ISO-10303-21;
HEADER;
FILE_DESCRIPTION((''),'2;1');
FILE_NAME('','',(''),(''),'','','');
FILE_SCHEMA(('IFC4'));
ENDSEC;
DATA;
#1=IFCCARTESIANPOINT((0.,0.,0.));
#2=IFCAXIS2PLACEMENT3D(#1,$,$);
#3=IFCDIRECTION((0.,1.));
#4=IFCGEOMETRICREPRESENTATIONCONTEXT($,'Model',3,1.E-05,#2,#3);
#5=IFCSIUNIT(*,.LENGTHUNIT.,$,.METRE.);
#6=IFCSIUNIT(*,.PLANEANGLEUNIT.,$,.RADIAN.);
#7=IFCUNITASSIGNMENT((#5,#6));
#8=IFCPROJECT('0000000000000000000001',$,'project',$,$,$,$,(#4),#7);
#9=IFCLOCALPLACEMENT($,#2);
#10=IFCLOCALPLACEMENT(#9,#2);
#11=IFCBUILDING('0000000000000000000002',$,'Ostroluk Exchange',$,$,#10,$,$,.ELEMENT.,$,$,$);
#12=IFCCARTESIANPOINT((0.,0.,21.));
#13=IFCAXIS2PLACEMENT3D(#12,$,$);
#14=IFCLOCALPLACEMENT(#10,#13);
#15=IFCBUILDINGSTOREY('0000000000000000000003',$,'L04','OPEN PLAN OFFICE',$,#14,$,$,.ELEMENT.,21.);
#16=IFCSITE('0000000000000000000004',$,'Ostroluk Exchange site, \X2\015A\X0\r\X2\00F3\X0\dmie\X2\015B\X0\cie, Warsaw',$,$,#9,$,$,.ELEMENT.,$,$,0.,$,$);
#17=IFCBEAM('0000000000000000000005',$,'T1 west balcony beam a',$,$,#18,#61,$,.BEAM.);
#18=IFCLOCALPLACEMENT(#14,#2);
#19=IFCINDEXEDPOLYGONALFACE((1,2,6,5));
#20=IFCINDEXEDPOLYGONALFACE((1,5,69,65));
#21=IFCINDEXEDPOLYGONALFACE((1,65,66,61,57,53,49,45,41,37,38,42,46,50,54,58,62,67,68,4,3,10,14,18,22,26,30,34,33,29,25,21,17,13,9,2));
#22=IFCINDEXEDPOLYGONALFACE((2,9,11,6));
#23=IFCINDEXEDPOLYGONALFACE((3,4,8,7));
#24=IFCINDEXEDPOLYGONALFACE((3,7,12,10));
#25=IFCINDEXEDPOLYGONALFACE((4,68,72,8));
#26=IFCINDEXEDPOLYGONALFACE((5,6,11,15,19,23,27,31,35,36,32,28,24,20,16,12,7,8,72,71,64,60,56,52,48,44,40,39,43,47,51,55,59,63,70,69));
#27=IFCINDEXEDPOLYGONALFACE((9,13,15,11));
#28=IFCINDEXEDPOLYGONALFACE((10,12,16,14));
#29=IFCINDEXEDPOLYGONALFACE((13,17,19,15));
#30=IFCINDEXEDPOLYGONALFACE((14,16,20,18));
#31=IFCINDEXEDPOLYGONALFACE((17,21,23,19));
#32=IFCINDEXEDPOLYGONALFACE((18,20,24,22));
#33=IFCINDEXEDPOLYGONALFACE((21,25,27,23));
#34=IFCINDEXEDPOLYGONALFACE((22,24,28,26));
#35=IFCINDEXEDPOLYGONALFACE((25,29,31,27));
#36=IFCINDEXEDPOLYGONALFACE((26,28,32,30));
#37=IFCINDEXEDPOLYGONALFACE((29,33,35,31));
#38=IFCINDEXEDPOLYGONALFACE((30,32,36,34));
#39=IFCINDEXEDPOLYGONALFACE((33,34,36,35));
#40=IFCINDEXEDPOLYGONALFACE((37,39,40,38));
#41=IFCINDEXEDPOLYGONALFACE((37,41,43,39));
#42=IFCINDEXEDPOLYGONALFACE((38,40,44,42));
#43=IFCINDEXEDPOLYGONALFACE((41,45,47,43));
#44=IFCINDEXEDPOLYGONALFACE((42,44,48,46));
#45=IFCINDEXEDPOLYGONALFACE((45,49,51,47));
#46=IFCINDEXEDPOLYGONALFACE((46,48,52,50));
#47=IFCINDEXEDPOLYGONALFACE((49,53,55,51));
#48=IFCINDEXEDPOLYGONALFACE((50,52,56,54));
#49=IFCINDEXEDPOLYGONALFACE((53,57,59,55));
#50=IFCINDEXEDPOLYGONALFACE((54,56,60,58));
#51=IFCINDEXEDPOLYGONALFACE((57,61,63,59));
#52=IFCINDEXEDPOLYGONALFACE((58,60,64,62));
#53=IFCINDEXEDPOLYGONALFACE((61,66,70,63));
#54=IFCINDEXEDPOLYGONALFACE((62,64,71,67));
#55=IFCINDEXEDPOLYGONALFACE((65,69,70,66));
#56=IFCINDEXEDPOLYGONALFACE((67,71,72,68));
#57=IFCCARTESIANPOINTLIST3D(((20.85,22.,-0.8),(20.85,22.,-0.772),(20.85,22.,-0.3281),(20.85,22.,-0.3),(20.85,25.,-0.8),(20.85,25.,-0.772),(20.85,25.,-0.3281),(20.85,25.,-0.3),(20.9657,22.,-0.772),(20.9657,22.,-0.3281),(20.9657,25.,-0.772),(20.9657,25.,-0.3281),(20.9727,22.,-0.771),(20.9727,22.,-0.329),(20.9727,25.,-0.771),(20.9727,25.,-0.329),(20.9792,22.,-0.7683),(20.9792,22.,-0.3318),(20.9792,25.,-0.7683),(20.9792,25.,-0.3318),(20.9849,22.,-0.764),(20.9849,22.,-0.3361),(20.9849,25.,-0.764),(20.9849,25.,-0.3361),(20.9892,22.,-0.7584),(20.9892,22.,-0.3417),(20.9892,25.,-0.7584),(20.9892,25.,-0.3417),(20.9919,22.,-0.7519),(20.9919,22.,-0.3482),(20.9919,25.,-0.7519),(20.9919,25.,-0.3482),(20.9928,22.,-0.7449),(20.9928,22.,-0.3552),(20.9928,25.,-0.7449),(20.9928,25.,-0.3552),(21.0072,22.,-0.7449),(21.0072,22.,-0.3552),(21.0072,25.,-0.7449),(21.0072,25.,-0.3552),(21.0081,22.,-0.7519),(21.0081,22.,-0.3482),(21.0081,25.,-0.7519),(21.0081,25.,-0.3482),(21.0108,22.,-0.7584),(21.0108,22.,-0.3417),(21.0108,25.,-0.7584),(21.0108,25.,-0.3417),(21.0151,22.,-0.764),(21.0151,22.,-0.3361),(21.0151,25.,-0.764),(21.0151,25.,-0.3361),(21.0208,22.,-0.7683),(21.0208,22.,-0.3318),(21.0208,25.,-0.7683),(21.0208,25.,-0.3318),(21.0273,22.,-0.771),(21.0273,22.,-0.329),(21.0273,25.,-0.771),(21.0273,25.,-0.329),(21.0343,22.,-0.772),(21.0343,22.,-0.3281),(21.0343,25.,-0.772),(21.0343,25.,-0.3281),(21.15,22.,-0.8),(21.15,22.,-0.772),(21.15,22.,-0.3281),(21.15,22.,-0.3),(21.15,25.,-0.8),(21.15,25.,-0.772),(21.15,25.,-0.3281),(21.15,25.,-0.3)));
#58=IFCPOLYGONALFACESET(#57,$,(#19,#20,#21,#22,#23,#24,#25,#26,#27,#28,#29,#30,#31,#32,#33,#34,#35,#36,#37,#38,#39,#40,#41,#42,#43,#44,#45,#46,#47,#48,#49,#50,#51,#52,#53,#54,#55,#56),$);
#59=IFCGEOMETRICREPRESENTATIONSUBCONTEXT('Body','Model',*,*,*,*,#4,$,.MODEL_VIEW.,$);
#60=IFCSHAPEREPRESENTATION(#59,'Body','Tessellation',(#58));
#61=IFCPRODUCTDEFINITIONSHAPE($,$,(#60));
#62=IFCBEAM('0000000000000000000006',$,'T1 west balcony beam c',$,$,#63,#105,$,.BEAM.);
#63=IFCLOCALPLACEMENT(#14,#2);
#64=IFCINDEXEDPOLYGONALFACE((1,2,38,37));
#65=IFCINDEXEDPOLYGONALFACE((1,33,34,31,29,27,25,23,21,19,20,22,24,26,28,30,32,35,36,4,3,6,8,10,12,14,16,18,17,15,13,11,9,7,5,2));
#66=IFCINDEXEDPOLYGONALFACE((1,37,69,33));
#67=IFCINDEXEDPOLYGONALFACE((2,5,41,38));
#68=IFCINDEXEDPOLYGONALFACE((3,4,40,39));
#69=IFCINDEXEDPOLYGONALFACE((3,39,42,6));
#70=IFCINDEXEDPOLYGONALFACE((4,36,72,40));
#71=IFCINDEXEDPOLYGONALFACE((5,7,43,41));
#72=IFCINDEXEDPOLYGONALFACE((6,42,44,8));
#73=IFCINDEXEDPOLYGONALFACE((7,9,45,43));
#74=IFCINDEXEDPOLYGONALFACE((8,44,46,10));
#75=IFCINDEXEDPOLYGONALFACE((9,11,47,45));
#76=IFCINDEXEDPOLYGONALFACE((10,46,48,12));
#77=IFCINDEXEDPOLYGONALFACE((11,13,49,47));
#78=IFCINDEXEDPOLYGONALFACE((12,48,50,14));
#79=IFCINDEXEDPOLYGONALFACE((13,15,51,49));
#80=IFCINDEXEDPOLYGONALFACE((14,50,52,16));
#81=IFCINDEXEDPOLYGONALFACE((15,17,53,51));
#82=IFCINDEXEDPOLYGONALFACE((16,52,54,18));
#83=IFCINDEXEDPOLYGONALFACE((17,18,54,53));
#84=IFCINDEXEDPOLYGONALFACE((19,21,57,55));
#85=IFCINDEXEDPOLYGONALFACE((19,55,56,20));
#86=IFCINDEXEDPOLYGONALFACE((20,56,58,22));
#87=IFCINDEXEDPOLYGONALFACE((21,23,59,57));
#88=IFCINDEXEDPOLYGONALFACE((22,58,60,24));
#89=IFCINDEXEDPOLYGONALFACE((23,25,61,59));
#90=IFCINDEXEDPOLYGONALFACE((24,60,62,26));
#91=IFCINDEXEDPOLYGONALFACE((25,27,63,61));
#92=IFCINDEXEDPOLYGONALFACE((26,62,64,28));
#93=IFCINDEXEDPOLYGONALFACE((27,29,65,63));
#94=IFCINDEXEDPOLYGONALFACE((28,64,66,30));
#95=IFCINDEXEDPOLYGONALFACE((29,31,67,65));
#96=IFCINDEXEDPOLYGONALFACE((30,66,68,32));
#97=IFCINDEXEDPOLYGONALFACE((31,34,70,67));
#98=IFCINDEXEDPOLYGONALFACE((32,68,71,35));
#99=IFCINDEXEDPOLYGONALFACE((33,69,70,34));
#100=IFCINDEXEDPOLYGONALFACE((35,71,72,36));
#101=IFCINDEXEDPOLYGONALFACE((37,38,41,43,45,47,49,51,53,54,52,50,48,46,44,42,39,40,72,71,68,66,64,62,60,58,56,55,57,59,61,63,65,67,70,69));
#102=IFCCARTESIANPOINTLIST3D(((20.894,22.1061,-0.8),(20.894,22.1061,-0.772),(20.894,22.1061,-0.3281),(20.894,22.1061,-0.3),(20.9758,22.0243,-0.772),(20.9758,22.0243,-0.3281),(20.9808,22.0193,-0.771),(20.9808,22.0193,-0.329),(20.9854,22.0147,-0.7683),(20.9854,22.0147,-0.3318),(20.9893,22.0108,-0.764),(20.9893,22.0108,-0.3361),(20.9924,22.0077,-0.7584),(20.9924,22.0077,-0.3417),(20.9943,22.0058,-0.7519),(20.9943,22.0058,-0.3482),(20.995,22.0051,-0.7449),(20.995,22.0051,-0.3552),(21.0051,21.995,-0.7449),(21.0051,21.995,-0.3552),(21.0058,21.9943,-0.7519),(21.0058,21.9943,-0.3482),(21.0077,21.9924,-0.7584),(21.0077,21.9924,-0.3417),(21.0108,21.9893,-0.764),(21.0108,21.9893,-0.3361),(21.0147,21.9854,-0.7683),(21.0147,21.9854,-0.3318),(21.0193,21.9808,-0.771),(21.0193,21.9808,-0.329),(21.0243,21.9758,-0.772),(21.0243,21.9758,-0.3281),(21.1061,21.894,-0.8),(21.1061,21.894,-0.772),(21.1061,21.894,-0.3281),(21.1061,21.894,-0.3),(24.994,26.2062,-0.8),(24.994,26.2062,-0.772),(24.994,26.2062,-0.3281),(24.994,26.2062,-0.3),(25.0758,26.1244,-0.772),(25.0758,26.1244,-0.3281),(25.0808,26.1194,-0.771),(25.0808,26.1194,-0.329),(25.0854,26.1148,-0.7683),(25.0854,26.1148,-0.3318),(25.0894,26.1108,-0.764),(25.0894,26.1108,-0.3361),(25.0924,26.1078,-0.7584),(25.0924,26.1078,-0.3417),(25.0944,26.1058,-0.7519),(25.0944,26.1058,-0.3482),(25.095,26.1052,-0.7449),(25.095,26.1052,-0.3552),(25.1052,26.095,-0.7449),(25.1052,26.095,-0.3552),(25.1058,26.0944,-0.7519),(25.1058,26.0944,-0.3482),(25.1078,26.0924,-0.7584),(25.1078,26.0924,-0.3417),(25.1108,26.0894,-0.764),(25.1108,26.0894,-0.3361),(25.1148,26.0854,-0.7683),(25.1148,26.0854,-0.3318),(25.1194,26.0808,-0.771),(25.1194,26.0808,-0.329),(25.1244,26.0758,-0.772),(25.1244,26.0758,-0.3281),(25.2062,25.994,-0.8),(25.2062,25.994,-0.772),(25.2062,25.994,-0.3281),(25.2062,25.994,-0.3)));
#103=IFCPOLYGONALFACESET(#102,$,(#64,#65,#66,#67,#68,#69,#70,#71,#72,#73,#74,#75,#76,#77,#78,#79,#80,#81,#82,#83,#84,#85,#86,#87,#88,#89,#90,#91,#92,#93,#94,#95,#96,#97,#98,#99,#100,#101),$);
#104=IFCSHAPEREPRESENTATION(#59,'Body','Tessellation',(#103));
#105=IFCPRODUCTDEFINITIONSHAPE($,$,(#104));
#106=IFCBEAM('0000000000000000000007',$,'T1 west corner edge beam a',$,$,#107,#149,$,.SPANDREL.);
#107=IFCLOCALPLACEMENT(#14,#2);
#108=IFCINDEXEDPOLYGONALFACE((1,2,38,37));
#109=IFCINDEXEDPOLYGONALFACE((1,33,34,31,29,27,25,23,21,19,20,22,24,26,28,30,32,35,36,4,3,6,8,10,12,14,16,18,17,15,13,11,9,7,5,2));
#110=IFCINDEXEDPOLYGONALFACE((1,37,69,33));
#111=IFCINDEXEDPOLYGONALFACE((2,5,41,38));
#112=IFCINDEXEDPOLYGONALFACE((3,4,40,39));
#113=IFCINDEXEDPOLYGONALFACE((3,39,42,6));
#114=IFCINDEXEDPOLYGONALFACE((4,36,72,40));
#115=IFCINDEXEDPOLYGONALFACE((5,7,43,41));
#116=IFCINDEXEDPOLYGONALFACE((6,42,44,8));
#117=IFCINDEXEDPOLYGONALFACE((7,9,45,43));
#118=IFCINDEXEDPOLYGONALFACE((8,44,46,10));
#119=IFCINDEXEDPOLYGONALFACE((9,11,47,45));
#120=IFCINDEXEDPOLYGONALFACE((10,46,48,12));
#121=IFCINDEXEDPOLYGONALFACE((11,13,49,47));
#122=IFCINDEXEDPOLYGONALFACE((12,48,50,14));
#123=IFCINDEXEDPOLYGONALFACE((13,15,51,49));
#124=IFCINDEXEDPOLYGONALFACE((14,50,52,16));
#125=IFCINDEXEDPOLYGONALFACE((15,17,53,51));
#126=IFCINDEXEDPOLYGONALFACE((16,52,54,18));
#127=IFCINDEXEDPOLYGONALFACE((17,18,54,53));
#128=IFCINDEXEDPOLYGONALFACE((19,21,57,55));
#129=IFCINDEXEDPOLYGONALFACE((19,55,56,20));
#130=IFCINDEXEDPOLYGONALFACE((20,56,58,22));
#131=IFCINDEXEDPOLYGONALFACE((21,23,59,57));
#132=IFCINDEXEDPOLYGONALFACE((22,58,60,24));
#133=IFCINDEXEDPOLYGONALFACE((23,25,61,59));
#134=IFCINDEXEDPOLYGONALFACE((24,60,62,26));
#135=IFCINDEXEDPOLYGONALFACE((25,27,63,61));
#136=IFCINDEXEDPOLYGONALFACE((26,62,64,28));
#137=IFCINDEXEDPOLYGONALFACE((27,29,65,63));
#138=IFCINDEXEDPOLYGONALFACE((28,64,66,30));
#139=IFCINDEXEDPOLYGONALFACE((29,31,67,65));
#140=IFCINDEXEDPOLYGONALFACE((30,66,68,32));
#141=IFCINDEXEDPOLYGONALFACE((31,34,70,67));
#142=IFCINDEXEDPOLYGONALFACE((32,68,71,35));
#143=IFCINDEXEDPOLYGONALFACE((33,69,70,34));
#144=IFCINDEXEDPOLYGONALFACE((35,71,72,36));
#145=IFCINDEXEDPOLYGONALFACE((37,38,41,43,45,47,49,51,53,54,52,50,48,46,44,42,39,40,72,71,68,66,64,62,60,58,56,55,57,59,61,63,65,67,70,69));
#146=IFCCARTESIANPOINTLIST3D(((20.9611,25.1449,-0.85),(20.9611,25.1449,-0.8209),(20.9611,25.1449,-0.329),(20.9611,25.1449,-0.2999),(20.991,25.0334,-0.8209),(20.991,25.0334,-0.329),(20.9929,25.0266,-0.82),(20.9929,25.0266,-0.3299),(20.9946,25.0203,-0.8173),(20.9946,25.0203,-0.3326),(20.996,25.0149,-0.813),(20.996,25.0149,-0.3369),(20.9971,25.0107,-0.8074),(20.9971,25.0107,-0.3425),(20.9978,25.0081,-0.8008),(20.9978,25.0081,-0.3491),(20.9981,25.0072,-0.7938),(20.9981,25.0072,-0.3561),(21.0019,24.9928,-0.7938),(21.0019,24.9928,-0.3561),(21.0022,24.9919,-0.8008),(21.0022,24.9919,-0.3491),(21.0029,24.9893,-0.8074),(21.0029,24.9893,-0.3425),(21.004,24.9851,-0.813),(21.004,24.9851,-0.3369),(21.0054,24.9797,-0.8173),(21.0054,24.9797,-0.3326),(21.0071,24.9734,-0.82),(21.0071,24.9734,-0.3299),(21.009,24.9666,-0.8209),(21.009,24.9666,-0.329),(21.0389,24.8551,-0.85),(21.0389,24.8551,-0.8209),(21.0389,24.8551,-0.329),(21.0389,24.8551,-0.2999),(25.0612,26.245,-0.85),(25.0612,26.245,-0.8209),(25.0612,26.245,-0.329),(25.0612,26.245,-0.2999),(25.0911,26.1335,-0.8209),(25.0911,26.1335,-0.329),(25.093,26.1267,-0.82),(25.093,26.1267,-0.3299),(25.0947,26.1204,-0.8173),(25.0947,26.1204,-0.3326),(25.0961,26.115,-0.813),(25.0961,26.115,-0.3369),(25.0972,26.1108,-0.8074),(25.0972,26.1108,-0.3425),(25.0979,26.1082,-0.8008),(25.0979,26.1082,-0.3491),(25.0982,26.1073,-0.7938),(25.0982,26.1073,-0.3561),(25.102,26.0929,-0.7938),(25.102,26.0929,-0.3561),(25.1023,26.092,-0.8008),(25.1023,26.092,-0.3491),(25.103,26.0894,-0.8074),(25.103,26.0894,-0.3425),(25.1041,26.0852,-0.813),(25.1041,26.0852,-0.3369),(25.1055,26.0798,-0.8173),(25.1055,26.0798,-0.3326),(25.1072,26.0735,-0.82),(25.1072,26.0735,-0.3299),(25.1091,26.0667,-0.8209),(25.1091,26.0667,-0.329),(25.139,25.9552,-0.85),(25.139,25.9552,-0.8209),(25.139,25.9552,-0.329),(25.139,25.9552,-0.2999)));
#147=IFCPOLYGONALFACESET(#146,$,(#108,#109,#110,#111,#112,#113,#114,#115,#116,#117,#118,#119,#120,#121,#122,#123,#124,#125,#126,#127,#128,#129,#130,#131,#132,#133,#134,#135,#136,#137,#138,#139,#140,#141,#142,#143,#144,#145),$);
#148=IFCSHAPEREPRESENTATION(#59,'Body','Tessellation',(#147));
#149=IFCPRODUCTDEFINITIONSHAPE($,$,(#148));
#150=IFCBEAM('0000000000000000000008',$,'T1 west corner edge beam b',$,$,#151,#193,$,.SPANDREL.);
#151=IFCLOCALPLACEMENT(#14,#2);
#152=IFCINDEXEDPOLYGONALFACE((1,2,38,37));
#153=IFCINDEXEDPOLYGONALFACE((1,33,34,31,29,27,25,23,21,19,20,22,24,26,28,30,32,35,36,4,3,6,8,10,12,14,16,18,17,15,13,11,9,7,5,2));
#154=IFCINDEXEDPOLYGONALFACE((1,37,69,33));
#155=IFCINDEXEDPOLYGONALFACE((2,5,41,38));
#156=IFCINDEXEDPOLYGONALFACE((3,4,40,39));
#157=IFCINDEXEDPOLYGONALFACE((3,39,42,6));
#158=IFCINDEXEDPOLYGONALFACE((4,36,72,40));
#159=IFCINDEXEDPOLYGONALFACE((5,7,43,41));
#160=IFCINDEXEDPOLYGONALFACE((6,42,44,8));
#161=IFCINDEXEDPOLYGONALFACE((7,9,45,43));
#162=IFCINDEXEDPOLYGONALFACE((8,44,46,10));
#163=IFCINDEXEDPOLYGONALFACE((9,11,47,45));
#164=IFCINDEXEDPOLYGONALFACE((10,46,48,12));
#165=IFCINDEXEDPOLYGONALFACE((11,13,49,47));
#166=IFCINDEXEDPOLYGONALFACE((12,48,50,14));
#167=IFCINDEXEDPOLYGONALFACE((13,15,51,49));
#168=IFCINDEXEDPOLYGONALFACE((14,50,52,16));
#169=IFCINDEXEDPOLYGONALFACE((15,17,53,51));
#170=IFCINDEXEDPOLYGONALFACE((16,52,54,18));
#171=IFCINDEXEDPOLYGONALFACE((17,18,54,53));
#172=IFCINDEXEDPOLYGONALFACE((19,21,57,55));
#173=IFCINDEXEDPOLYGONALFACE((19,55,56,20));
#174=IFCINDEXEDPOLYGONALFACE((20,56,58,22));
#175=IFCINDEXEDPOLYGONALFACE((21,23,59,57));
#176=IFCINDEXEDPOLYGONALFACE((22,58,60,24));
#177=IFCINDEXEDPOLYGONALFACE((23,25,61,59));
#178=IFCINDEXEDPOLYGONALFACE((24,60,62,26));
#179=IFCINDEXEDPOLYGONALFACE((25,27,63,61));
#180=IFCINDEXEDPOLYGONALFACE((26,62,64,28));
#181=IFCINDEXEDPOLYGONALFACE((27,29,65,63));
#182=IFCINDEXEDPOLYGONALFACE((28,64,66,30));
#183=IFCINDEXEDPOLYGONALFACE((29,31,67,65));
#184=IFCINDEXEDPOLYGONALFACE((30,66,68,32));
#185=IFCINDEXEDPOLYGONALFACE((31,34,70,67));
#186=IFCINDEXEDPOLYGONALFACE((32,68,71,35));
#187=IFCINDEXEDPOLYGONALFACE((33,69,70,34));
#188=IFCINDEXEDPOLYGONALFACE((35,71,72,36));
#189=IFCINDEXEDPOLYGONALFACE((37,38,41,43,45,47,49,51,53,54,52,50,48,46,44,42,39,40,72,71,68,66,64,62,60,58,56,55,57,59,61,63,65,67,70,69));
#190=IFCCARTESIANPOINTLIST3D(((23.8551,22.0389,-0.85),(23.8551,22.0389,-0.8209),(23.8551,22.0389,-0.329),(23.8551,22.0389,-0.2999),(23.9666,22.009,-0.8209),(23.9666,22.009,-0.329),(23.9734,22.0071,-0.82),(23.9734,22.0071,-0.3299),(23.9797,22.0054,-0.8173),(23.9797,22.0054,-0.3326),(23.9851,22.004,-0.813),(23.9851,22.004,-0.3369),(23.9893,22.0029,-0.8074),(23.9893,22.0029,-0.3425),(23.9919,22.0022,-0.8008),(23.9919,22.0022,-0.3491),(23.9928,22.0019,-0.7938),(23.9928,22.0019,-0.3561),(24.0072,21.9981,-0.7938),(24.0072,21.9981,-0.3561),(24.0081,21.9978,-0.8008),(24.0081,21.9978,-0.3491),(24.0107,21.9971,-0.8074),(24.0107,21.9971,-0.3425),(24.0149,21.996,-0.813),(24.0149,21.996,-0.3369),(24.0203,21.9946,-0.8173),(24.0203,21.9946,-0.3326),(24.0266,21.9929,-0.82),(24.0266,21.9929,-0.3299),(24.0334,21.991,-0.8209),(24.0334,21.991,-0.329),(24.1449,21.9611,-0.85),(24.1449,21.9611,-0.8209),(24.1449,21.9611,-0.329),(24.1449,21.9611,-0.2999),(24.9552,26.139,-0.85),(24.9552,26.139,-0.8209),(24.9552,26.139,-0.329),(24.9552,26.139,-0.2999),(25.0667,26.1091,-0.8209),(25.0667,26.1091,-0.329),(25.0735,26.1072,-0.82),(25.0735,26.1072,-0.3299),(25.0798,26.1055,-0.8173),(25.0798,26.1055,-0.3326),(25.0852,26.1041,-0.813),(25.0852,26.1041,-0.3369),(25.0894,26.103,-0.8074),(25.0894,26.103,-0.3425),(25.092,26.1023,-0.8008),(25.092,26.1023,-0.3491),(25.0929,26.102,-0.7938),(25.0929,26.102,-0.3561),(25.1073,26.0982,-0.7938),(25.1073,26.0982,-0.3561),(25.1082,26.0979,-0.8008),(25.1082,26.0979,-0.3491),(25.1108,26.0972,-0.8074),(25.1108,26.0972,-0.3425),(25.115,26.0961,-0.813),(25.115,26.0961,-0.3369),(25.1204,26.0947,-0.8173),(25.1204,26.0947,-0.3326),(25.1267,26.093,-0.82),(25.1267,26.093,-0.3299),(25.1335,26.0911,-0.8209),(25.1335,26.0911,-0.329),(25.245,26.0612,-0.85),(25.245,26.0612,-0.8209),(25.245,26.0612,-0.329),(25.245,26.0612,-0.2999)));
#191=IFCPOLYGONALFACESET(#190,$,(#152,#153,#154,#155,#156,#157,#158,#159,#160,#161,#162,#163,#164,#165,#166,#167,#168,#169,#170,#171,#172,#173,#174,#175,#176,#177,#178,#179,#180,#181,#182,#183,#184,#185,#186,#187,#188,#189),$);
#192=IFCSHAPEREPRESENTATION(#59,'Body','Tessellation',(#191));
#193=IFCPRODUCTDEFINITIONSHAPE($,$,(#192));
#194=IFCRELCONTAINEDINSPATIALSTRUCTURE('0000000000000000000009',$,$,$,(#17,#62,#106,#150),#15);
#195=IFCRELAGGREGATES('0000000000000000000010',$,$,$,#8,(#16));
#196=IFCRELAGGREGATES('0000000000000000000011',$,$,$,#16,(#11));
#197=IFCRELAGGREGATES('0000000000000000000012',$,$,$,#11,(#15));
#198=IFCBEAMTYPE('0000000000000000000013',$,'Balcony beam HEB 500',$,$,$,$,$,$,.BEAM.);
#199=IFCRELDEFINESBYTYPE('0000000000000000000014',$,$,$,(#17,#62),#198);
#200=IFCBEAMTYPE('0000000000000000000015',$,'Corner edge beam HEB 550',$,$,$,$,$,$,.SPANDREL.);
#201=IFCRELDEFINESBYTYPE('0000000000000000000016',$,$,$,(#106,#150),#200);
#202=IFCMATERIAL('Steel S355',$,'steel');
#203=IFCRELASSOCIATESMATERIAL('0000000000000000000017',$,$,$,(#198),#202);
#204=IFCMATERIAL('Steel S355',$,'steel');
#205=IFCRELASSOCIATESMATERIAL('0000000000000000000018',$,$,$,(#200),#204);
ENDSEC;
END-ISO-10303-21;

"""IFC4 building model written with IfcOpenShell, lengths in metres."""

from ifc_helpers import new_model, si_unit, direction, frame, origin, origin_2d, place, context, subcontext, project, spatial, i_section, extrude, material, material_profile, profile_set, type_object, element, save


model = new_model("IFC4")

# Units and contexts
model_context = context("Model", 3, precision=1e-05, world=origin(), true_north=direction((0.0, 1.0)))
body_context = subcontext(model_context, "Body", "Model", "MODEL_VIEW")
ifc_project = project(units=[si_unit("LENGTHUNIT", "METRE"), si_unit("PLANEANGLEUNIT", "RADIAN")], contexts=[model_context])

# Site, building, storey
site_placement = place(None, origin())
site = spatial("IfcSite", under=ifc_project, at=site_placement, Name="Ostroluk Exchange site, Śródmieście, Warsaw", CompositionType="ELEMENT", RefElevation=0.0)
building_placement = place(site_placement, origin())
building = spatial("IfcBuilding", under=site, at=building_placement, Name="Ostroluk Exchange", CompositionType="ELEMENT")
storey_placement = place(building_placement, frame((0.0, 0.0, 21.0)))
storey = spatial("IfcBuildingStorey", under=building, at=storey_placement, Name="L04", Description="OPEN PLAN OFFICE", CompositionType="ELEMENT", Elevation=21.0)

# Beams
ifc_material_1 = material(Name="Steel S355", Category="steel")
ifc_material_profile_1 = material_profile(ifc_material_1, i_section(OverallWidth=0.3, OverallDepth=0.5, WebThickness=0.0144, FlangeThickness=0.0281, FilletRadius=0.0271, at=origin_2d()), Name="HEB 500")
ifc_profile_set_1 = profile_set([ifc_material_profile_1], Name="Steel S355")
beam_type_1 = type_object("IfcBeamType", Name="Balcony beam HEB 500", PredefinedType="BEAM", material=ifc_profile_set_1)
beam_1_placement = place(storey_placement, frame((21.0, 25.0, -0.55), z_axis=(0.0, -1.0, 0.0), x_axis=(1.0, 0.0, 0.0)))
element("IfcBeam", 1, at=beam_1_placement, inside=storey, type_object=beam_type_1, Name="T1 west balcony beam a", PredefinedType="BEAM", context=body_context, shape_type="SweptSolid", body=[
    extrude(i_section(OverallWidth=0.3, OverallDepth=0.5, WebThickness=0.0144, FlangeThickness=0.0281, FilletRadius=0.0271, at=origin_2d()), origin(), (0.0, 0.0, 1.0), 3.0),
])
beam_2_placement = place(storey_placement, frame((25.1001, 26.1001, -0.55), z_axis=(-0.707107, -0.707107, 0.0), x_axis=(0.707107, -0.707107, 0.0)))
element("IfcBeam", 2, at=beam_2_placement, inside=storey, type_object=beam_type_1, Name="T1 west balcony beam c", PredefinedType="BEAM", context=body_context, shape_type="SweptSolid", body=[
    extrude(i_section(OverallWidth=0.3, OverallDepth=0.5, WebThickness=0.0144, FlangeThickness=0.0281, FilletRadius=0.0271, at=origin_2d()), origin(), (0.0, 0.0, 1.0), 5.7983),
])
ifc_material_2 = material(Name="Steel S355", Category="steel")
ifc_material_profile_2 = material_profile(ifc_material_2, i_section(OverallWidth=0.3, OverallDepth=0.55, WebThickness=0.0149, FlangeThickness=0.0291, FilletRadius=0.0271, at=origin_2d()), Name="HEB 550")
ifc_profile_set_2 = profile_set([ifc_material_profile_2], Name="Steel S355")
beam_type_2 = type_object("IfcBeamType", Name="Corner edge beam HEB 550", PredefinedType="SPANDREL", material=ifc_profile_set_2)
for number, where, z_axis, x_axis, name in (
    (3, (25.1001, 26.1001, -0.575), (-0.965839, -0.259144, 0.0), (0.259144, -0.965839, 0.0), "T1 west corner edge beam a"),
    (4, (25.1001, 26.1001, -0.575), (-0.259144, -0.965839, 0.0), (0.965839, -0.259144, 0.0), "T1 west corner edge beam b"),
):
    element("IfcBeam", number, at=place(storey_placement, frame(where, z_axis=z_axis, x_axis=x_axis)), inside=storey, type_object=beam_type_2, Name=name, PredefinedType="SPANDREL", context=body_context, shape_type="SweptSolid", body=[
        extrude(i_section(OverallWidth=0.3, OverallDepth=0.55, WebThickness=0.0149, FlangeThickness=0.0291, FilletRadius=0.0271, at=origin_2d()), origin(), (0.0, 0.0, 1.0), 4.2451),
    ])

save(model, "model.ifc")
